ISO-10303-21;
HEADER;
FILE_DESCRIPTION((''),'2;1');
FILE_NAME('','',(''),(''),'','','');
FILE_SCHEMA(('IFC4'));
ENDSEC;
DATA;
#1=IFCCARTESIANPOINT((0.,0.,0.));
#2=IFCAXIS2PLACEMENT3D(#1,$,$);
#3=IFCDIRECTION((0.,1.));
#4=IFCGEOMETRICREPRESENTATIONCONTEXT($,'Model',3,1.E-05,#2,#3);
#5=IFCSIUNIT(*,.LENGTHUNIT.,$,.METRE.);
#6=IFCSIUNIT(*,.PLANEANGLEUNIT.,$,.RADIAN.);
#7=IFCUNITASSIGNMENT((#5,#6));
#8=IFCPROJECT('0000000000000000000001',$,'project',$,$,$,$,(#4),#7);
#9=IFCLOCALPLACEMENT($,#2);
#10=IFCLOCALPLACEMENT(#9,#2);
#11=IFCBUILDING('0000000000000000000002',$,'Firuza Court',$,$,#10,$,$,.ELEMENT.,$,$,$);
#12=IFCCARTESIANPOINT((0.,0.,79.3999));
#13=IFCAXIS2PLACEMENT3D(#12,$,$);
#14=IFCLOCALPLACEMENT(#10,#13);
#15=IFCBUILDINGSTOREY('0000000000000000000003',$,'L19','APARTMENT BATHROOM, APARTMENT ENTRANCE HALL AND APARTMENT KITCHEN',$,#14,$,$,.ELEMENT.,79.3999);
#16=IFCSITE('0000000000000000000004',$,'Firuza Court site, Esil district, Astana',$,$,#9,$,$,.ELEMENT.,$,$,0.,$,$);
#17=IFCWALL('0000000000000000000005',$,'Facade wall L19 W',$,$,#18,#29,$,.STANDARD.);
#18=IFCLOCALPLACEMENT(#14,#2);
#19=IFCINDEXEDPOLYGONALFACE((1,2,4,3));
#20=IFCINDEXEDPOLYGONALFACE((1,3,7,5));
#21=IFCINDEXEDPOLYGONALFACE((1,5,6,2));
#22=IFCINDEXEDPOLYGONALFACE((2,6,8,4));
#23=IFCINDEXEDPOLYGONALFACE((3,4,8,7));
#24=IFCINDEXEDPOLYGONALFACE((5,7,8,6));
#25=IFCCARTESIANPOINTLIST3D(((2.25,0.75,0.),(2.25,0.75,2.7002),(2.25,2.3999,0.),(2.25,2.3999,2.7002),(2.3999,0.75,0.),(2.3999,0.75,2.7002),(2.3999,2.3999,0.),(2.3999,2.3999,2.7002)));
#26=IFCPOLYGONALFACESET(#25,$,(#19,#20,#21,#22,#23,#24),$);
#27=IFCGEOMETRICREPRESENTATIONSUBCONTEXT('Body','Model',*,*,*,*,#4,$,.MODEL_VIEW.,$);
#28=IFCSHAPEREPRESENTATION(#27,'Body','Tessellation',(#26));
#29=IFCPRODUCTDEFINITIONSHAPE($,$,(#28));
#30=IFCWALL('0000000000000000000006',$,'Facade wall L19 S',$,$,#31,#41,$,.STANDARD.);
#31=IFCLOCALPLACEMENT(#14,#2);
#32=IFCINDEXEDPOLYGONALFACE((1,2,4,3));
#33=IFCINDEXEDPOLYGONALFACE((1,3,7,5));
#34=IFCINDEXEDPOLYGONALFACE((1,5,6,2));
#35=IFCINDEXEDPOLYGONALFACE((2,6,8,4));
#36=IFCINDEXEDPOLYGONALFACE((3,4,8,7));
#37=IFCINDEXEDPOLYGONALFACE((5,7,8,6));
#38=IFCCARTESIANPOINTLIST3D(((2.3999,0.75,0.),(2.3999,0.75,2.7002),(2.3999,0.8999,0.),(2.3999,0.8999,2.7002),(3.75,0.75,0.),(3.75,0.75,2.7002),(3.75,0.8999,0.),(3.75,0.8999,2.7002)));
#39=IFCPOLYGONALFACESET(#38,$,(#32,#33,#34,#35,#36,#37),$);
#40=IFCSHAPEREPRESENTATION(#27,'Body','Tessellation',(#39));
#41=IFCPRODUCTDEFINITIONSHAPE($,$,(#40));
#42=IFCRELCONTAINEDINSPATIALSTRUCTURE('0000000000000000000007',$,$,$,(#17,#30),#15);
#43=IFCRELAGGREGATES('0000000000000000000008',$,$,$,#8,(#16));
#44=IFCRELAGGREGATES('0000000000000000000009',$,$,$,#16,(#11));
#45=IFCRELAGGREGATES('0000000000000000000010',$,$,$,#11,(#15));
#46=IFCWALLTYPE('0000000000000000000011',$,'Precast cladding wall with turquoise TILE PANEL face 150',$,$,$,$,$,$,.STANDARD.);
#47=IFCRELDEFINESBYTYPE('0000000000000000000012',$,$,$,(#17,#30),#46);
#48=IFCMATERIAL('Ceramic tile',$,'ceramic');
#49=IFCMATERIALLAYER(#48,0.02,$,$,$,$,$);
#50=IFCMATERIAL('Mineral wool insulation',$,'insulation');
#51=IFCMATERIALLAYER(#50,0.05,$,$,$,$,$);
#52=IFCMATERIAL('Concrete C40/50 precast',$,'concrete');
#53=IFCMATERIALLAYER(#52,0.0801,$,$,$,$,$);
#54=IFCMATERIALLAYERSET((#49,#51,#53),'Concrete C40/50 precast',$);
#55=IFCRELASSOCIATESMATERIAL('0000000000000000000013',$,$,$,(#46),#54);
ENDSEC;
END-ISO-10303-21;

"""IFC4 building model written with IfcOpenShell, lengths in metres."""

from ifc_helpers import new_model, si_unit, direction, frame, frame_2d, origin, place, context, subcontext, project, spatial, rectangle, extrude, material, layer, layer_set, type_object, element, save


model = new_model("IFC4")

# Units and contexts
model_context = context("Model", 3, precision=1e-05, world=origin(), true_north=direction((0.0, 1.0)))
body_context = subcontext(model_context, "Body", "Model", "MODEL_VIEW")
ifc_project = project(units=[si_unit("LENGTHUNIT", "METRE"), si_unit("PLANEANGLEUNIT", "RADIAN")], contexts=[model_context])

# Site, building, storey
site_placement = place(None, origin())
site = spatial("IfcSite", under=ifc_project, at=site_placement, Name="Firuza Court site, Esil district, Astana", CompositionType="ELEMENT", RefElevation=0.0)
building_placement = place(site_placement, origin())
building = spatial("IfcBuilding", under=site, at=building_placement, Name="Firuza Court", CompositionType="ELEMENT")
storey_placement = place(building_placement, frame((0.0, 0.0, 79.3999)))
storey = spatial("IfcBuildingStorey", under=building, at=storey_placement, Name="L19", Description="APARTMENT BATHROOM, APARTMENT ENTRANCE HALL AND APARTMENT KITCHEN", CompositionType="ELEMENT", Elevation=79.3999)

# Shared definitions
ifc_material_1 = material(Name="Concrete C40/50 precast", Category="concrete")

# Walls
ifc_material_2 = material(Name="Ceramic tile", Category="ceramic")
ifc_layer_1 = layer(ifc_material_2, 0.02)
ifc_material_3 = material(Name="Mineral wool insulation", Category="insulation")
ifc_layer_2 = layer(ifc_material_3, 0.05)
ifc_layer_3 = layer(ifc_material_1, 0.0801)
ifc_layer_set_1 = layer_set([ifc_layer_1, ifc_layer_2, ifc_layer_3], Name="Concrete C40/50 precast")
wall_type_1 = type_object("IfcWallType", Name="Precast cladding wall with turquoise TILE PANEL face 150", PredefinedType="STANDARD", material=ifc_layer_set_1)
wall_1_placement = place(storey_placement, frame((2.325, 2.3999, 0.0), z_axis=(0.0, 0.0, 1.0), x_axis=(0.0, -1.0, 0.0)))
element("IfcWall", 1, at=wall_1_placement, inside=storey, type_object=wall_type_1, Name="Facade wall L19 W", PredefinedType="STANDARD", context=body_context, shape_type="SweptSolid", body=[
    extrude(rectangle(XDim=1.6499, YDim=0.1499, at=frame_2d((0.825, 0.0))), origin(), (0.0, 0.0, 1.0), 2.7002),
])
wall_2_placement = place(storey_placement, frame((2.3999, 0.825, 0.0), z_axis=(0.0, 0.0, 1.0), x_axis=(1.0, 0.0, 0.0)))
element("IfcWall", 2, at=wall_2_placement, inside=storey, type_object=wall_type_1, Name="Facade wall L19 S", PredefinedType="STANDARD", context=body_context, shape_type="SweptSolid", body=[
    extrude(rectangle(XDim=1.3501, YDim=0.1499, at=frame_2d((0.675, 0.0))), origin(), (0.0, 0.0, 1.0), 2.7002),
])

save(model, "model.ifc")
